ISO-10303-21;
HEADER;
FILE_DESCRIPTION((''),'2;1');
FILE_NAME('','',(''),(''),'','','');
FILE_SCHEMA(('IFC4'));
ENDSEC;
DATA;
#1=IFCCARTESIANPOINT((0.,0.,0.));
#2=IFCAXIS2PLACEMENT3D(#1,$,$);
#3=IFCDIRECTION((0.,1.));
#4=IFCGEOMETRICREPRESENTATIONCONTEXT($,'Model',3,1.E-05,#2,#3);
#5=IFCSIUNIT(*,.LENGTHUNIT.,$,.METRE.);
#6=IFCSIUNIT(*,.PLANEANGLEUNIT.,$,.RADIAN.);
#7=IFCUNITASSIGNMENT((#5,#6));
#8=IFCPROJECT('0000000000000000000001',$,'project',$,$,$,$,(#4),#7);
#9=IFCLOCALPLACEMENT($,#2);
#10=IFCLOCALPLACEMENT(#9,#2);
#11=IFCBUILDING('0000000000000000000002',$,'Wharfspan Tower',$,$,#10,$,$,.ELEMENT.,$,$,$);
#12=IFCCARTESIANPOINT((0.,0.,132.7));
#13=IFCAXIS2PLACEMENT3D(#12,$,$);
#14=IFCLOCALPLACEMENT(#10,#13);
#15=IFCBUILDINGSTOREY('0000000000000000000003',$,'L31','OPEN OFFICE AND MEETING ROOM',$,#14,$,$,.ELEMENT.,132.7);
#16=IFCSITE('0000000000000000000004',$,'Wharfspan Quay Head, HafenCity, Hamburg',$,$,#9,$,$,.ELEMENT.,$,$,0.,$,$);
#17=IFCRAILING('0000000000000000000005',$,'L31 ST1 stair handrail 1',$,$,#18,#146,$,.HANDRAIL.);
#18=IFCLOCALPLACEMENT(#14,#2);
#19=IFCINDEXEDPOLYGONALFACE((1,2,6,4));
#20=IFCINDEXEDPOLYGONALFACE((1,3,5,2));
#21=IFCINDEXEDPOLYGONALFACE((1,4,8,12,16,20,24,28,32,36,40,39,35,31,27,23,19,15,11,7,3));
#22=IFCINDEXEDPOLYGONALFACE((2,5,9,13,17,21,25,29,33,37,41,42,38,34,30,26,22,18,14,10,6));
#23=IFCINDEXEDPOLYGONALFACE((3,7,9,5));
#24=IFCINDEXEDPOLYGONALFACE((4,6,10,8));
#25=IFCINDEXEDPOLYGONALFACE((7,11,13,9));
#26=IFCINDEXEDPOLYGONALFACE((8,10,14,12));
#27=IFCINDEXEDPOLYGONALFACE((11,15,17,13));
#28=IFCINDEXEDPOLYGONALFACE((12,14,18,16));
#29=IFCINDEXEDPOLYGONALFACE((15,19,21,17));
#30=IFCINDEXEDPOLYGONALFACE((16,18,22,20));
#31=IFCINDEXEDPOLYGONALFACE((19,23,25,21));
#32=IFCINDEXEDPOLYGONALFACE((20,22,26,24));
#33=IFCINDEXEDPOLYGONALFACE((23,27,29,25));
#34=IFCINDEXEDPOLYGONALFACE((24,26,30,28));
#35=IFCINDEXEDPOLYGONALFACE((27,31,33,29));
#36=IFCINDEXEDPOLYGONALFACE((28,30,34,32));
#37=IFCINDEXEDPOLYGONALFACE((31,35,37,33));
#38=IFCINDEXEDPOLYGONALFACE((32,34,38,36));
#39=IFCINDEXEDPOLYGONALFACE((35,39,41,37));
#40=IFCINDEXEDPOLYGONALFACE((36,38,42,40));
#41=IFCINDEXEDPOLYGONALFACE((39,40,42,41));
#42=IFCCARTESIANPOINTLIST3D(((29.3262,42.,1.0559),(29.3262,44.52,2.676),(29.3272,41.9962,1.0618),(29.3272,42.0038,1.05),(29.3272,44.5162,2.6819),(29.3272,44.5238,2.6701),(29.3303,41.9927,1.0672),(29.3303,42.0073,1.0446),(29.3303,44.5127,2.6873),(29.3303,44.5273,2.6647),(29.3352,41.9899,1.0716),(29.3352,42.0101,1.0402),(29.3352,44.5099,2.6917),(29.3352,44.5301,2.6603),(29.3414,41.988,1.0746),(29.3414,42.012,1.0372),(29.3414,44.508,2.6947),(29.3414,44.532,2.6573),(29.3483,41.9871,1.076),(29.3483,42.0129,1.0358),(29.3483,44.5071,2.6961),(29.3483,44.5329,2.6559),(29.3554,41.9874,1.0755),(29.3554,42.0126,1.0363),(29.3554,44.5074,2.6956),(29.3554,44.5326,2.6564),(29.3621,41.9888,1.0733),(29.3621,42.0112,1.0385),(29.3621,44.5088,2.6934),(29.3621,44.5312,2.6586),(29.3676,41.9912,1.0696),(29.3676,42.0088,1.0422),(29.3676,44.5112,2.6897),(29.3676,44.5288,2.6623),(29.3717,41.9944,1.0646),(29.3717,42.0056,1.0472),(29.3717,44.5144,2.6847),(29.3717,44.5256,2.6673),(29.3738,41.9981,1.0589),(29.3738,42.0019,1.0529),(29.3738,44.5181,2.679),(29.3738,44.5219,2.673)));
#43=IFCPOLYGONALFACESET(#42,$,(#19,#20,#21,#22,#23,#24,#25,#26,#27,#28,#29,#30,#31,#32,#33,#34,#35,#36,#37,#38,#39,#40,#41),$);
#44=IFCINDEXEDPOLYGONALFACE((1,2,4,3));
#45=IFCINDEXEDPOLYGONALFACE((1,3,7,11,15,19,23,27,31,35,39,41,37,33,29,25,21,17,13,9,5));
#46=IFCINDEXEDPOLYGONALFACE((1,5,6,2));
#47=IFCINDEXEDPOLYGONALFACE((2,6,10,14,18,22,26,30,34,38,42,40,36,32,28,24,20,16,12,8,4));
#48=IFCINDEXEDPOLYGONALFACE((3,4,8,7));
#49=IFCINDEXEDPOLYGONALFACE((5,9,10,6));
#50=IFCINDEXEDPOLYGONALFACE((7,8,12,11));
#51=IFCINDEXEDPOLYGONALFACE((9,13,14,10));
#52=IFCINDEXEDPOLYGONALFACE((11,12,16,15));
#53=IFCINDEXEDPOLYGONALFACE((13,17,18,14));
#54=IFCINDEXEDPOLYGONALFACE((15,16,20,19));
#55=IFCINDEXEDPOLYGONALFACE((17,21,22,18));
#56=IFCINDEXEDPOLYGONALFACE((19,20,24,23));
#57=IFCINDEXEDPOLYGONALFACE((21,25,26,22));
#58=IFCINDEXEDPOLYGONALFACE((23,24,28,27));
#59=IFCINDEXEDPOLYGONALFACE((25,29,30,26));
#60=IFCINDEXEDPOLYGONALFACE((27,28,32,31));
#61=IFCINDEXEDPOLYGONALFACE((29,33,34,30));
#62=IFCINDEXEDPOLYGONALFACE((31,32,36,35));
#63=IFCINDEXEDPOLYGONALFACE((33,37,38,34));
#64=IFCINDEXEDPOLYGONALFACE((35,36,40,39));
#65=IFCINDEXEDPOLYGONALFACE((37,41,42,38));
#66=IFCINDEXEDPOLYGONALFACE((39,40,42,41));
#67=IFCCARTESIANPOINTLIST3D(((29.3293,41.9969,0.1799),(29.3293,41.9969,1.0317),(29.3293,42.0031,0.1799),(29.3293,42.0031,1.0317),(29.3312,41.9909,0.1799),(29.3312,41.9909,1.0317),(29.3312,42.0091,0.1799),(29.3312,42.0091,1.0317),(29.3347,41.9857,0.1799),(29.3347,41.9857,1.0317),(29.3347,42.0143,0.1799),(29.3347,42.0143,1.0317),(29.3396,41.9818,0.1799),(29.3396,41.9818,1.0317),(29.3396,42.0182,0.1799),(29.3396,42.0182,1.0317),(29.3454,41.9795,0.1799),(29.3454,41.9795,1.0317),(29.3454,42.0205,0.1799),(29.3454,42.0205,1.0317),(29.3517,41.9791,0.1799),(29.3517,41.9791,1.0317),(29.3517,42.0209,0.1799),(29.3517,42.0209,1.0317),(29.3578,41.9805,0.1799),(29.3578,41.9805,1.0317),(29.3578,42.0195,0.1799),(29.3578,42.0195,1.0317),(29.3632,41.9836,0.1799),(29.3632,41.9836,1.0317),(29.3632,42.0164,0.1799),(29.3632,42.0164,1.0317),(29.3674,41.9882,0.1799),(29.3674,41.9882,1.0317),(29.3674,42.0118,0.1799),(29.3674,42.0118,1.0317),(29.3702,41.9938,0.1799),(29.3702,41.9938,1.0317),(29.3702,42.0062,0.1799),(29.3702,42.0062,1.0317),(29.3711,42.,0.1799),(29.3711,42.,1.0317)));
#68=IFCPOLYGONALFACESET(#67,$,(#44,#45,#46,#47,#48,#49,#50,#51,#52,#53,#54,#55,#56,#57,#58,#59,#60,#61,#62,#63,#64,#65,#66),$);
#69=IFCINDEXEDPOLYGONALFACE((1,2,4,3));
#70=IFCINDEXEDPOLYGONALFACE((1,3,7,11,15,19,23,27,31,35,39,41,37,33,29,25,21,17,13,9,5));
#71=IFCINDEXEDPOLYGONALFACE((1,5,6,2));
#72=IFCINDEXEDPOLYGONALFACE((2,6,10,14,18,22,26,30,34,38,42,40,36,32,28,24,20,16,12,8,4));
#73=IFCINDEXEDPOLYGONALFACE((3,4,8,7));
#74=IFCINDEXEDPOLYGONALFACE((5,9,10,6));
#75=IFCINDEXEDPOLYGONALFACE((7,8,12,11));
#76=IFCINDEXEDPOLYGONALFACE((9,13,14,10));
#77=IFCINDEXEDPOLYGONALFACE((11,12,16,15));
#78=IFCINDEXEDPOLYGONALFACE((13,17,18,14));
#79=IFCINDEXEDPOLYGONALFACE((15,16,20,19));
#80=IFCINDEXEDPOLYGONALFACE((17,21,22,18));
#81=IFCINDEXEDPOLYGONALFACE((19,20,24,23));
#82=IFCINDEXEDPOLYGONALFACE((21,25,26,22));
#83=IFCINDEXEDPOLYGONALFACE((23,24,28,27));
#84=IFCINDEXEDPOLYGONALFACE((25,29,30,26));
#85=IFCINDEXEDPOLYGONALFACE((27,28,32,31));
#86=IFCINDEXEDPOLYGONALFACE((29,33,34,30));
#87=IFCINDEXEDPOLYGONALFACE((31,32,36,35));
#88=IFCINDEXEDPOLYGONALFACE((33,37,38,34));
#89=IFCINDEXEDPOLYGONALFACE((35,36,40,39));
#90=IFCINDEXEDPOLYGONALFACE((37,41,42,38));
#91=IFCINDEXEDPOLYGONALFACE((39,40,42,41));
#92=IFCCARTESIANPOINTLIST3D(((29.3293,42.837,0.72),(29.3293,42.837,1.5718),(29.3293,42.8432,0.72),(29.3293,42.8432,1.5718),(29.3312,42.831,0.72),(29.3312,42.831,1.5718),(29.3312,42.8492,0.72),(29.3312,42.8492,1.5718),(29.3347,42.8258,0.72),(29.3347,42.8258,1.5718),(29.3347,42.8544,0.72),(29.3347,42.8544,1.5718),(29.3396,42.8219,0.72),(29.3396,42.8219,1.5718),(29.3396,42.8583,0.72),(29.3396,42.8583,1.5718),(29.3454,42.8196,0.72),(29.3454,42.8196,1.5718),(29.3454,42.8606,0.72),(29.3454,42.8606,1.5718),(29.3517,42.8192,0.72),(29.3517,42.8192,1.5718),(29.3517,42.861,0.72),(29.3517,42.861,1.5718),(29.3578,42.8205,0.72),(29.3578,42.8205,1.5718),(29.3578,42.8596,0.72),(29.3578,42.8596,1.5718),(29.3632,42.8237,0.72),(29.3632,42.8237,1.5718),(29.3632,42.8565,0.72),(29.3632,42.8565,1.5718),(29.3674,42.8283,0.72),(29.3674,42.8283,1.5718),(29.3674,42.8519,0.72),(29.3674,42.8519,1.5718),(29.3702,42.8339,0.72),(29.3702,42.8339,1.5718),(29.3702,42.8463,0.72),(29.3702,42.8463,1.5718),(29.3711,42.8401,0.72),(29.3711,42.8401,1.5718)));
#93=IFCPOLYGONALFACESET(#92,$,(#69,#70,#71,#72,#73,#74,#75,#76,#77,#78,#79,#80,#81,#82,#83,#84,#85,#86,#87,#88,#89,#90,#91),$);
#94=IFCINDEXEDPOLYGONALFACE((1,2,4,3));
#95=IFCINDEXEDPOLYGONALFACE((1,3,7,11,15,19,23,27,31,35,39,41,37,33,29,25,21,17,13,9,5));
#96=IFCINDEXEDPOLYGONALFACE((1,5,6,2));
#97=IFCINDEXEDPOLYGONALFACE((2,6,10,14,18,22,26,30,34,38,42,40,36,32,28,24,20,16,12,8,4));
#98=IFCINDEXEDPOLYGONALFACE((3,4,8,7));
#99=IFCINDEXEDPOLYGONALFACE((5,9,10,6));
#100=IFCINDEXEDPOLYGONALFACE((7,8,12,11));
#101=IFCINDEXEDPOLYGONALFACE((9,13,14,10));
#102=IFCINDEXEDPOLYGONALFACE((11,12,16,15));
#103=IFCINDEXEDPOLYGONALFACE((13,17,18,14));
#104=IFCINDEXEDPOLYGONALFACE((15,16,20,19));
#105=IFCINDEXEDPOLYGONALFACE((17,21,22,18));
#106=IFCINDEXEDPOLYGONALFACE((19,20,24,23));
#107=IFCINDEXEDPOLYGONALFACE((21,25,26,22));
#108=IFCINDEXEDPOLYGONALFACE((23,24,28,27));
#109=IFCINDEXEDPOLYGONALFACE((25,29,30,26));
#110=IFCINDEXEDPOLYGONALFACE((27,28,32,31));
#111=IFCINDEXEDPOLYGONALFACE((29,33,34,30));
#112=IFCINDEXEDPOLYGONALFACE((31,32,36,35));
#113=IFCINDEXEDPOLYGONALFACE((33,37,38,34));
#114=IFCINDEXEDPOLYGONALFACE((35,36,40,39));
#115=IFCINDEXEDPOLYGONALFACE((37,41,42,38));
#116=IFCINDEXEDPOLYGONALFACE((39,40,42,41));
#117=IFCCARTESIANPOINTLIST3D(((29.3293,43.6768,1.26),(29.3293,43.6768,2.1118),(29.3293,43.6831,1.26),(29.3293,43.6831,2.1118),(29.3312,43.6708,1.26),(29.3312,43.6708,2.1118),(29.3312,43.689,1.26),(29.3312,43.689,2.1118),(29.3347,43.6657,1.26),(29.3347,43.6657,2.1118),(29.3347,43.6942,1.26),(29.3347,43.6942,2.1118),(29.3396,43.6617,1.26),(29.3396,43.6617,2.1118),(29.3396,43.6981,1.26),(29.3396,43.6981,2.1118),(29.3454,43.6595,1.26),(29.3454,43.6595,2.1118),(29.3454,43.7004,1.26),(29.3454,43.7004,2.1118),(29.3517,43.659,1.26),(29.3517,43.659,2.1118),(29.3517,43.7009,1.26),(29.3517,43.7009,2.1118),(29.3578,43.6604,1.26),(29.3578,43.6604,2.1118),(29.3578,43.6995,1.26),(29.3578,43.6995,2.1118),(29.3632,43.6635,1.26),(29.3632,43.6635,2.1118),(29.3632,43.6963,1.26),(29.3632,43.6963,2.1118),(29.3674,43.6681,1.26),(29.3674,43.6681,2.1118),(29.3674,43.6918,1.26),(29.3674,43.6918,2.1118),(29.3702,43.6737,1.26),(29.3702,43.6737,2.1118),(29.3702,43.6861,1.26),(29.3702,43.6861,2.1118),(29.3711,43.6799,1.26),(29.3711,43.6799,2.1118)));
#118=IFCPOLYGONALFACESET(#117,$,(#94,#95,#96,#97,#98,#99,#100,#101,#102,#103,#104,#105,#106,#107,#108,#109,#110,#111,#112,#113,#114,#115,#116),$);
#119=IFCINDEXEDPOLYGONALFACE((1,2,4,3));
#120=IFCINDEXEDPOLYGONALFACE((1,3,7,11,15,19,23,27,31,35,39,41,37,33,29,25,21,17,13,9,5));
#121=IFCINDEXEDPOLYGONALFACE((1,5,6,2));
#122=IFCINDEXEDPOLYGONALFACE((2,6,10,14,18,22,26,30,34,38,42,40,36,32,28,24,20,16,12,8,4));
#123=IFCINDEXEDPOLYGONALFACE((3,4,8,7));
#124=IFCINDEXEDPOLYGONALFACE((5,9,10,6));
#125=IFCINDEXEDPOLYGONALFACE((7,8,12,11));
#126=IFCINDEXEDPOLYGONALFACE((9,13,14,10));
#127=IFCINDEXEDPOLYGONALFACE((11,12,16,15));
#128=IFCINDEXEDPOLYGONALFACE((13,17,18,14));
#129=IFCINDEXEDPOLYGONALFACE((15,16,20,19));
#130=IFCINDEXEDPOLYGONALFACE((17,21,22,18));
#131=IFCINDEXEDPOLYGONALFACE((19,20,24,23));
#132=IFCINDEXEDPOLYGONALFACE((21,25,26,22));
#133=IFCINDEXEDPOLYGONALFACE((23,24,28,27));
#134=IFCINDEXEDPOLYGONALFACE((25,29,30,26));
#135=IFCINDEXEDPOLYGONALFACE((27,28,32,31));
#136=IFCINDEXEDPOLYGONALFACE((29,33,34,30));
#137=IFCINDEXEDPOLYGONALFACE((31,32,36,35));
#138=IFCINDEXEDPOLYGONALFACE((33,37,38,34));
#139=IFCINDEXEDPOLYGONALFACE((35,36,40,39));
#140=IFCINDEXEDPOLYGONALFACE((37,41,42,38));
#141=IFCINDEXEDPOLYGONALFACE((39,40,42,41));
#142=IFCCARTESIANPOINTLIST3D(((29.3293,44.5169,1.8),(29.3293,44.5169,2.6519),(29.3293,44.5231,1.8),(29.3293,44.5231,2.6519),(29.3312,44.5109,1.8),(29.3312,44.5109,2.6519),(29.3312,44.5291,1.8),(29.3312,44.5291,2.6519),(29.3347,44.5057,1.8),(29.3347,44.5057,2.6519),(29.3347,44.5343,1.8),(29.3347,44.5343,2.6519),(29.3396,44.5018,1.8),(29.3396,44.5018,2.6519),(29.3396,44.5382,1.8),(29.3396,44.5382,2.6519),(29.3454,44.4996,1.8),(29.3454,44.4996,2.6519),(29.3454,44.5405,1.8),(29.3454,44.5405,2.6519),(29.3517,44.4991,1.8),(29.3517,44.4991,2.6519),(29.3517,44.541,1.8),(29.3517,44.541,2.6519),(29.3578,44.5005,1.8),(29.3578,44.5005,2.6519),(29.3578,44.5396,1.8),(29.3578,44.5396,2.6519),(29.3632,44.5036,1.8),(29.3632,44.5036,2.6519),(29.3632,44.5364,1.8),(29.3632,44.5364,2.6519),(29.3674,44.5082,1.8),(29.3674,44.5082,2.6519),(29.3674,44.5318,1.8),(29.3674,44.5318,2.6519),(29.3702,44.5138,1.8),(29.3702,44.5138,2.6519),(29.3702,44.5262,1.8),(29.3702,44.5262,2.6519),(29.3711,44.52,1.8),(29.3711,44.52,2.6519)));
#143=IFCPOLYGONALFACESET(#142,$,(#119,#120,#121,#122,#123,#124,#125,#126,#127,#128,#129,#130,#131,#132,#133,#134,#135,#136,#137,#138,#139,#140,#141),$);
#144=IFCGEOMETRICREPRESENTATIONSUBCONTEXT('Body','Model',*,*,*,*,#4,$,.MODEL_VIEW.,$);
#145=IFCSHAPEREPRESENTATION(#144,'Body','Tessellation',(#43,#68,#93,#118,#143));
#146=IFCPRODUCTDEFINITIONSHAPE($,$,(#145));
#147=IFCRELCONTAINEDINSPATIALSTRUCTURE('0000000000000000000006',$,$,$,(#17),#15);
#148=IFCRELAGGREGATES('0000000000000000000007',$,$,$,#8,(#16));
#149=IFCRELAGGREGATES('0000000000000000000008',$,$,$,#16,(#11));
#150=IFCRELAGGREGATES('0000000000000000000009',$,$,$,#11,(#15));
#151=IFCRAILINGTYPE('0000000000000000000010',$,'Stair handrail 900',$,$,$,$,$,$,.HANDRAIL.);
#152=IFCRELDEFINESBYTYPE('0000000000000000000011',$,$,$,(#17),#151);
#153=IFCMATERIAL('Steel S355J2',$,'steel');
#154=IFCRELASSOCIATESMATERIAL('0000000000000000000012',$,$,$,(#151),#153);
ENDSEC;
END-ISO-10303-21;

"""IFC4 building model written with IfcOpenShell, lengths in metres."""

from ifc_helpers import new_model, si_unit, direction, frame, origin, origin_2d, place, context, subcontext, project, spatial, circle, extrude, material, type_object, element, save


model = new_model("IFC4")

# Units and contexts
model_context = context("Model", 3, precision=1e-05, world=origin(), true_north=direction((0.0, 1.0)))
body_context = subcontext(model_context, "Body", "Model", "MODEL_VIEW")
ifc_project = project(units=[si_unit("LENGTHUNIT", "METRE"), si_unit("PLANEANGLEUNIT", "RADIAN")], contexts=[model_context])

# Site, building, storey
site_placement = place(None, origin())
site = spatial("IfcSite", under=ifc_project, at=site_placement, Name="Wharfspan Quay Head, HafenCity, Hamburg", CompositionType="ELEMENT", RefElevation=0.0)
building_placement = place(site_placement, origin())
building = spatial("IfcBuilding", under=site, at=building_placement, Name="Wharfspan Tower", CompositionType="ELEMENT")
storey_placement = place(building_placement, frame((0.0, 0.0, 132.7)))
storey = spatial("IfcBuildingStorey", under=building, at=storey_placement, Name="L31", Description="OPEN OFFICE AND MEETING ROOM", CompositionType="ELEMENT", Elevation=132.7)

# Shared definitions
ifc_material_1 = material(Name="Steel S355J2", Category="steel")

# Railing
railing_type_1 = type_object("IfcRailingType", Name="Stair handrail 900", PredefinedType="HANDRAIL", material=ifc_material_1)
railing_1_placement = place(storey_placement, frame((29.3501, 42.0, 0.1799)))
element("IfcRailing", 1, at=railing_1_placement, inside=storey, type_object=railing_type_1, Name="L31 ST1 stair handrail 1", PredefinedType="HANDRAIL", context=body_context, shape_type="SweptSolid", body=[
    extrude(circle(Radius=0.0239, at=origin_2d()), frame((0.0, 0.0, 0.876), z_axis=(0.0, 0.841163, 0.540782), x_axis=(-1.0, 0.0, 0.0)), (0.0, 0.0, 1.0), 2.9958),
    extrude(circle(Radius=0.021, at=origin_2d()), origin(), (0.0, 0.0, 1.0), 0.8518),
    extrude(circle(Radius=0.021, at=origin_2d()), frame((0.0, 0.8401, 0.54)), (0.0, 0.0, 1.0), 0.8518),
    extrude(circle(Radius=0.021, at=origin_2d()), frame((0.0, 1.6799, 1.0801)), (0.0, 0.0, 1.0), 0.8518),
    extrude(circle(Radius=0.021, at=origin_2d()), frame((0.0, 2.52, 1.6201)), (0.0, 0.0, 1.0), 0.8518),
])

save(model, "model.ifc")
